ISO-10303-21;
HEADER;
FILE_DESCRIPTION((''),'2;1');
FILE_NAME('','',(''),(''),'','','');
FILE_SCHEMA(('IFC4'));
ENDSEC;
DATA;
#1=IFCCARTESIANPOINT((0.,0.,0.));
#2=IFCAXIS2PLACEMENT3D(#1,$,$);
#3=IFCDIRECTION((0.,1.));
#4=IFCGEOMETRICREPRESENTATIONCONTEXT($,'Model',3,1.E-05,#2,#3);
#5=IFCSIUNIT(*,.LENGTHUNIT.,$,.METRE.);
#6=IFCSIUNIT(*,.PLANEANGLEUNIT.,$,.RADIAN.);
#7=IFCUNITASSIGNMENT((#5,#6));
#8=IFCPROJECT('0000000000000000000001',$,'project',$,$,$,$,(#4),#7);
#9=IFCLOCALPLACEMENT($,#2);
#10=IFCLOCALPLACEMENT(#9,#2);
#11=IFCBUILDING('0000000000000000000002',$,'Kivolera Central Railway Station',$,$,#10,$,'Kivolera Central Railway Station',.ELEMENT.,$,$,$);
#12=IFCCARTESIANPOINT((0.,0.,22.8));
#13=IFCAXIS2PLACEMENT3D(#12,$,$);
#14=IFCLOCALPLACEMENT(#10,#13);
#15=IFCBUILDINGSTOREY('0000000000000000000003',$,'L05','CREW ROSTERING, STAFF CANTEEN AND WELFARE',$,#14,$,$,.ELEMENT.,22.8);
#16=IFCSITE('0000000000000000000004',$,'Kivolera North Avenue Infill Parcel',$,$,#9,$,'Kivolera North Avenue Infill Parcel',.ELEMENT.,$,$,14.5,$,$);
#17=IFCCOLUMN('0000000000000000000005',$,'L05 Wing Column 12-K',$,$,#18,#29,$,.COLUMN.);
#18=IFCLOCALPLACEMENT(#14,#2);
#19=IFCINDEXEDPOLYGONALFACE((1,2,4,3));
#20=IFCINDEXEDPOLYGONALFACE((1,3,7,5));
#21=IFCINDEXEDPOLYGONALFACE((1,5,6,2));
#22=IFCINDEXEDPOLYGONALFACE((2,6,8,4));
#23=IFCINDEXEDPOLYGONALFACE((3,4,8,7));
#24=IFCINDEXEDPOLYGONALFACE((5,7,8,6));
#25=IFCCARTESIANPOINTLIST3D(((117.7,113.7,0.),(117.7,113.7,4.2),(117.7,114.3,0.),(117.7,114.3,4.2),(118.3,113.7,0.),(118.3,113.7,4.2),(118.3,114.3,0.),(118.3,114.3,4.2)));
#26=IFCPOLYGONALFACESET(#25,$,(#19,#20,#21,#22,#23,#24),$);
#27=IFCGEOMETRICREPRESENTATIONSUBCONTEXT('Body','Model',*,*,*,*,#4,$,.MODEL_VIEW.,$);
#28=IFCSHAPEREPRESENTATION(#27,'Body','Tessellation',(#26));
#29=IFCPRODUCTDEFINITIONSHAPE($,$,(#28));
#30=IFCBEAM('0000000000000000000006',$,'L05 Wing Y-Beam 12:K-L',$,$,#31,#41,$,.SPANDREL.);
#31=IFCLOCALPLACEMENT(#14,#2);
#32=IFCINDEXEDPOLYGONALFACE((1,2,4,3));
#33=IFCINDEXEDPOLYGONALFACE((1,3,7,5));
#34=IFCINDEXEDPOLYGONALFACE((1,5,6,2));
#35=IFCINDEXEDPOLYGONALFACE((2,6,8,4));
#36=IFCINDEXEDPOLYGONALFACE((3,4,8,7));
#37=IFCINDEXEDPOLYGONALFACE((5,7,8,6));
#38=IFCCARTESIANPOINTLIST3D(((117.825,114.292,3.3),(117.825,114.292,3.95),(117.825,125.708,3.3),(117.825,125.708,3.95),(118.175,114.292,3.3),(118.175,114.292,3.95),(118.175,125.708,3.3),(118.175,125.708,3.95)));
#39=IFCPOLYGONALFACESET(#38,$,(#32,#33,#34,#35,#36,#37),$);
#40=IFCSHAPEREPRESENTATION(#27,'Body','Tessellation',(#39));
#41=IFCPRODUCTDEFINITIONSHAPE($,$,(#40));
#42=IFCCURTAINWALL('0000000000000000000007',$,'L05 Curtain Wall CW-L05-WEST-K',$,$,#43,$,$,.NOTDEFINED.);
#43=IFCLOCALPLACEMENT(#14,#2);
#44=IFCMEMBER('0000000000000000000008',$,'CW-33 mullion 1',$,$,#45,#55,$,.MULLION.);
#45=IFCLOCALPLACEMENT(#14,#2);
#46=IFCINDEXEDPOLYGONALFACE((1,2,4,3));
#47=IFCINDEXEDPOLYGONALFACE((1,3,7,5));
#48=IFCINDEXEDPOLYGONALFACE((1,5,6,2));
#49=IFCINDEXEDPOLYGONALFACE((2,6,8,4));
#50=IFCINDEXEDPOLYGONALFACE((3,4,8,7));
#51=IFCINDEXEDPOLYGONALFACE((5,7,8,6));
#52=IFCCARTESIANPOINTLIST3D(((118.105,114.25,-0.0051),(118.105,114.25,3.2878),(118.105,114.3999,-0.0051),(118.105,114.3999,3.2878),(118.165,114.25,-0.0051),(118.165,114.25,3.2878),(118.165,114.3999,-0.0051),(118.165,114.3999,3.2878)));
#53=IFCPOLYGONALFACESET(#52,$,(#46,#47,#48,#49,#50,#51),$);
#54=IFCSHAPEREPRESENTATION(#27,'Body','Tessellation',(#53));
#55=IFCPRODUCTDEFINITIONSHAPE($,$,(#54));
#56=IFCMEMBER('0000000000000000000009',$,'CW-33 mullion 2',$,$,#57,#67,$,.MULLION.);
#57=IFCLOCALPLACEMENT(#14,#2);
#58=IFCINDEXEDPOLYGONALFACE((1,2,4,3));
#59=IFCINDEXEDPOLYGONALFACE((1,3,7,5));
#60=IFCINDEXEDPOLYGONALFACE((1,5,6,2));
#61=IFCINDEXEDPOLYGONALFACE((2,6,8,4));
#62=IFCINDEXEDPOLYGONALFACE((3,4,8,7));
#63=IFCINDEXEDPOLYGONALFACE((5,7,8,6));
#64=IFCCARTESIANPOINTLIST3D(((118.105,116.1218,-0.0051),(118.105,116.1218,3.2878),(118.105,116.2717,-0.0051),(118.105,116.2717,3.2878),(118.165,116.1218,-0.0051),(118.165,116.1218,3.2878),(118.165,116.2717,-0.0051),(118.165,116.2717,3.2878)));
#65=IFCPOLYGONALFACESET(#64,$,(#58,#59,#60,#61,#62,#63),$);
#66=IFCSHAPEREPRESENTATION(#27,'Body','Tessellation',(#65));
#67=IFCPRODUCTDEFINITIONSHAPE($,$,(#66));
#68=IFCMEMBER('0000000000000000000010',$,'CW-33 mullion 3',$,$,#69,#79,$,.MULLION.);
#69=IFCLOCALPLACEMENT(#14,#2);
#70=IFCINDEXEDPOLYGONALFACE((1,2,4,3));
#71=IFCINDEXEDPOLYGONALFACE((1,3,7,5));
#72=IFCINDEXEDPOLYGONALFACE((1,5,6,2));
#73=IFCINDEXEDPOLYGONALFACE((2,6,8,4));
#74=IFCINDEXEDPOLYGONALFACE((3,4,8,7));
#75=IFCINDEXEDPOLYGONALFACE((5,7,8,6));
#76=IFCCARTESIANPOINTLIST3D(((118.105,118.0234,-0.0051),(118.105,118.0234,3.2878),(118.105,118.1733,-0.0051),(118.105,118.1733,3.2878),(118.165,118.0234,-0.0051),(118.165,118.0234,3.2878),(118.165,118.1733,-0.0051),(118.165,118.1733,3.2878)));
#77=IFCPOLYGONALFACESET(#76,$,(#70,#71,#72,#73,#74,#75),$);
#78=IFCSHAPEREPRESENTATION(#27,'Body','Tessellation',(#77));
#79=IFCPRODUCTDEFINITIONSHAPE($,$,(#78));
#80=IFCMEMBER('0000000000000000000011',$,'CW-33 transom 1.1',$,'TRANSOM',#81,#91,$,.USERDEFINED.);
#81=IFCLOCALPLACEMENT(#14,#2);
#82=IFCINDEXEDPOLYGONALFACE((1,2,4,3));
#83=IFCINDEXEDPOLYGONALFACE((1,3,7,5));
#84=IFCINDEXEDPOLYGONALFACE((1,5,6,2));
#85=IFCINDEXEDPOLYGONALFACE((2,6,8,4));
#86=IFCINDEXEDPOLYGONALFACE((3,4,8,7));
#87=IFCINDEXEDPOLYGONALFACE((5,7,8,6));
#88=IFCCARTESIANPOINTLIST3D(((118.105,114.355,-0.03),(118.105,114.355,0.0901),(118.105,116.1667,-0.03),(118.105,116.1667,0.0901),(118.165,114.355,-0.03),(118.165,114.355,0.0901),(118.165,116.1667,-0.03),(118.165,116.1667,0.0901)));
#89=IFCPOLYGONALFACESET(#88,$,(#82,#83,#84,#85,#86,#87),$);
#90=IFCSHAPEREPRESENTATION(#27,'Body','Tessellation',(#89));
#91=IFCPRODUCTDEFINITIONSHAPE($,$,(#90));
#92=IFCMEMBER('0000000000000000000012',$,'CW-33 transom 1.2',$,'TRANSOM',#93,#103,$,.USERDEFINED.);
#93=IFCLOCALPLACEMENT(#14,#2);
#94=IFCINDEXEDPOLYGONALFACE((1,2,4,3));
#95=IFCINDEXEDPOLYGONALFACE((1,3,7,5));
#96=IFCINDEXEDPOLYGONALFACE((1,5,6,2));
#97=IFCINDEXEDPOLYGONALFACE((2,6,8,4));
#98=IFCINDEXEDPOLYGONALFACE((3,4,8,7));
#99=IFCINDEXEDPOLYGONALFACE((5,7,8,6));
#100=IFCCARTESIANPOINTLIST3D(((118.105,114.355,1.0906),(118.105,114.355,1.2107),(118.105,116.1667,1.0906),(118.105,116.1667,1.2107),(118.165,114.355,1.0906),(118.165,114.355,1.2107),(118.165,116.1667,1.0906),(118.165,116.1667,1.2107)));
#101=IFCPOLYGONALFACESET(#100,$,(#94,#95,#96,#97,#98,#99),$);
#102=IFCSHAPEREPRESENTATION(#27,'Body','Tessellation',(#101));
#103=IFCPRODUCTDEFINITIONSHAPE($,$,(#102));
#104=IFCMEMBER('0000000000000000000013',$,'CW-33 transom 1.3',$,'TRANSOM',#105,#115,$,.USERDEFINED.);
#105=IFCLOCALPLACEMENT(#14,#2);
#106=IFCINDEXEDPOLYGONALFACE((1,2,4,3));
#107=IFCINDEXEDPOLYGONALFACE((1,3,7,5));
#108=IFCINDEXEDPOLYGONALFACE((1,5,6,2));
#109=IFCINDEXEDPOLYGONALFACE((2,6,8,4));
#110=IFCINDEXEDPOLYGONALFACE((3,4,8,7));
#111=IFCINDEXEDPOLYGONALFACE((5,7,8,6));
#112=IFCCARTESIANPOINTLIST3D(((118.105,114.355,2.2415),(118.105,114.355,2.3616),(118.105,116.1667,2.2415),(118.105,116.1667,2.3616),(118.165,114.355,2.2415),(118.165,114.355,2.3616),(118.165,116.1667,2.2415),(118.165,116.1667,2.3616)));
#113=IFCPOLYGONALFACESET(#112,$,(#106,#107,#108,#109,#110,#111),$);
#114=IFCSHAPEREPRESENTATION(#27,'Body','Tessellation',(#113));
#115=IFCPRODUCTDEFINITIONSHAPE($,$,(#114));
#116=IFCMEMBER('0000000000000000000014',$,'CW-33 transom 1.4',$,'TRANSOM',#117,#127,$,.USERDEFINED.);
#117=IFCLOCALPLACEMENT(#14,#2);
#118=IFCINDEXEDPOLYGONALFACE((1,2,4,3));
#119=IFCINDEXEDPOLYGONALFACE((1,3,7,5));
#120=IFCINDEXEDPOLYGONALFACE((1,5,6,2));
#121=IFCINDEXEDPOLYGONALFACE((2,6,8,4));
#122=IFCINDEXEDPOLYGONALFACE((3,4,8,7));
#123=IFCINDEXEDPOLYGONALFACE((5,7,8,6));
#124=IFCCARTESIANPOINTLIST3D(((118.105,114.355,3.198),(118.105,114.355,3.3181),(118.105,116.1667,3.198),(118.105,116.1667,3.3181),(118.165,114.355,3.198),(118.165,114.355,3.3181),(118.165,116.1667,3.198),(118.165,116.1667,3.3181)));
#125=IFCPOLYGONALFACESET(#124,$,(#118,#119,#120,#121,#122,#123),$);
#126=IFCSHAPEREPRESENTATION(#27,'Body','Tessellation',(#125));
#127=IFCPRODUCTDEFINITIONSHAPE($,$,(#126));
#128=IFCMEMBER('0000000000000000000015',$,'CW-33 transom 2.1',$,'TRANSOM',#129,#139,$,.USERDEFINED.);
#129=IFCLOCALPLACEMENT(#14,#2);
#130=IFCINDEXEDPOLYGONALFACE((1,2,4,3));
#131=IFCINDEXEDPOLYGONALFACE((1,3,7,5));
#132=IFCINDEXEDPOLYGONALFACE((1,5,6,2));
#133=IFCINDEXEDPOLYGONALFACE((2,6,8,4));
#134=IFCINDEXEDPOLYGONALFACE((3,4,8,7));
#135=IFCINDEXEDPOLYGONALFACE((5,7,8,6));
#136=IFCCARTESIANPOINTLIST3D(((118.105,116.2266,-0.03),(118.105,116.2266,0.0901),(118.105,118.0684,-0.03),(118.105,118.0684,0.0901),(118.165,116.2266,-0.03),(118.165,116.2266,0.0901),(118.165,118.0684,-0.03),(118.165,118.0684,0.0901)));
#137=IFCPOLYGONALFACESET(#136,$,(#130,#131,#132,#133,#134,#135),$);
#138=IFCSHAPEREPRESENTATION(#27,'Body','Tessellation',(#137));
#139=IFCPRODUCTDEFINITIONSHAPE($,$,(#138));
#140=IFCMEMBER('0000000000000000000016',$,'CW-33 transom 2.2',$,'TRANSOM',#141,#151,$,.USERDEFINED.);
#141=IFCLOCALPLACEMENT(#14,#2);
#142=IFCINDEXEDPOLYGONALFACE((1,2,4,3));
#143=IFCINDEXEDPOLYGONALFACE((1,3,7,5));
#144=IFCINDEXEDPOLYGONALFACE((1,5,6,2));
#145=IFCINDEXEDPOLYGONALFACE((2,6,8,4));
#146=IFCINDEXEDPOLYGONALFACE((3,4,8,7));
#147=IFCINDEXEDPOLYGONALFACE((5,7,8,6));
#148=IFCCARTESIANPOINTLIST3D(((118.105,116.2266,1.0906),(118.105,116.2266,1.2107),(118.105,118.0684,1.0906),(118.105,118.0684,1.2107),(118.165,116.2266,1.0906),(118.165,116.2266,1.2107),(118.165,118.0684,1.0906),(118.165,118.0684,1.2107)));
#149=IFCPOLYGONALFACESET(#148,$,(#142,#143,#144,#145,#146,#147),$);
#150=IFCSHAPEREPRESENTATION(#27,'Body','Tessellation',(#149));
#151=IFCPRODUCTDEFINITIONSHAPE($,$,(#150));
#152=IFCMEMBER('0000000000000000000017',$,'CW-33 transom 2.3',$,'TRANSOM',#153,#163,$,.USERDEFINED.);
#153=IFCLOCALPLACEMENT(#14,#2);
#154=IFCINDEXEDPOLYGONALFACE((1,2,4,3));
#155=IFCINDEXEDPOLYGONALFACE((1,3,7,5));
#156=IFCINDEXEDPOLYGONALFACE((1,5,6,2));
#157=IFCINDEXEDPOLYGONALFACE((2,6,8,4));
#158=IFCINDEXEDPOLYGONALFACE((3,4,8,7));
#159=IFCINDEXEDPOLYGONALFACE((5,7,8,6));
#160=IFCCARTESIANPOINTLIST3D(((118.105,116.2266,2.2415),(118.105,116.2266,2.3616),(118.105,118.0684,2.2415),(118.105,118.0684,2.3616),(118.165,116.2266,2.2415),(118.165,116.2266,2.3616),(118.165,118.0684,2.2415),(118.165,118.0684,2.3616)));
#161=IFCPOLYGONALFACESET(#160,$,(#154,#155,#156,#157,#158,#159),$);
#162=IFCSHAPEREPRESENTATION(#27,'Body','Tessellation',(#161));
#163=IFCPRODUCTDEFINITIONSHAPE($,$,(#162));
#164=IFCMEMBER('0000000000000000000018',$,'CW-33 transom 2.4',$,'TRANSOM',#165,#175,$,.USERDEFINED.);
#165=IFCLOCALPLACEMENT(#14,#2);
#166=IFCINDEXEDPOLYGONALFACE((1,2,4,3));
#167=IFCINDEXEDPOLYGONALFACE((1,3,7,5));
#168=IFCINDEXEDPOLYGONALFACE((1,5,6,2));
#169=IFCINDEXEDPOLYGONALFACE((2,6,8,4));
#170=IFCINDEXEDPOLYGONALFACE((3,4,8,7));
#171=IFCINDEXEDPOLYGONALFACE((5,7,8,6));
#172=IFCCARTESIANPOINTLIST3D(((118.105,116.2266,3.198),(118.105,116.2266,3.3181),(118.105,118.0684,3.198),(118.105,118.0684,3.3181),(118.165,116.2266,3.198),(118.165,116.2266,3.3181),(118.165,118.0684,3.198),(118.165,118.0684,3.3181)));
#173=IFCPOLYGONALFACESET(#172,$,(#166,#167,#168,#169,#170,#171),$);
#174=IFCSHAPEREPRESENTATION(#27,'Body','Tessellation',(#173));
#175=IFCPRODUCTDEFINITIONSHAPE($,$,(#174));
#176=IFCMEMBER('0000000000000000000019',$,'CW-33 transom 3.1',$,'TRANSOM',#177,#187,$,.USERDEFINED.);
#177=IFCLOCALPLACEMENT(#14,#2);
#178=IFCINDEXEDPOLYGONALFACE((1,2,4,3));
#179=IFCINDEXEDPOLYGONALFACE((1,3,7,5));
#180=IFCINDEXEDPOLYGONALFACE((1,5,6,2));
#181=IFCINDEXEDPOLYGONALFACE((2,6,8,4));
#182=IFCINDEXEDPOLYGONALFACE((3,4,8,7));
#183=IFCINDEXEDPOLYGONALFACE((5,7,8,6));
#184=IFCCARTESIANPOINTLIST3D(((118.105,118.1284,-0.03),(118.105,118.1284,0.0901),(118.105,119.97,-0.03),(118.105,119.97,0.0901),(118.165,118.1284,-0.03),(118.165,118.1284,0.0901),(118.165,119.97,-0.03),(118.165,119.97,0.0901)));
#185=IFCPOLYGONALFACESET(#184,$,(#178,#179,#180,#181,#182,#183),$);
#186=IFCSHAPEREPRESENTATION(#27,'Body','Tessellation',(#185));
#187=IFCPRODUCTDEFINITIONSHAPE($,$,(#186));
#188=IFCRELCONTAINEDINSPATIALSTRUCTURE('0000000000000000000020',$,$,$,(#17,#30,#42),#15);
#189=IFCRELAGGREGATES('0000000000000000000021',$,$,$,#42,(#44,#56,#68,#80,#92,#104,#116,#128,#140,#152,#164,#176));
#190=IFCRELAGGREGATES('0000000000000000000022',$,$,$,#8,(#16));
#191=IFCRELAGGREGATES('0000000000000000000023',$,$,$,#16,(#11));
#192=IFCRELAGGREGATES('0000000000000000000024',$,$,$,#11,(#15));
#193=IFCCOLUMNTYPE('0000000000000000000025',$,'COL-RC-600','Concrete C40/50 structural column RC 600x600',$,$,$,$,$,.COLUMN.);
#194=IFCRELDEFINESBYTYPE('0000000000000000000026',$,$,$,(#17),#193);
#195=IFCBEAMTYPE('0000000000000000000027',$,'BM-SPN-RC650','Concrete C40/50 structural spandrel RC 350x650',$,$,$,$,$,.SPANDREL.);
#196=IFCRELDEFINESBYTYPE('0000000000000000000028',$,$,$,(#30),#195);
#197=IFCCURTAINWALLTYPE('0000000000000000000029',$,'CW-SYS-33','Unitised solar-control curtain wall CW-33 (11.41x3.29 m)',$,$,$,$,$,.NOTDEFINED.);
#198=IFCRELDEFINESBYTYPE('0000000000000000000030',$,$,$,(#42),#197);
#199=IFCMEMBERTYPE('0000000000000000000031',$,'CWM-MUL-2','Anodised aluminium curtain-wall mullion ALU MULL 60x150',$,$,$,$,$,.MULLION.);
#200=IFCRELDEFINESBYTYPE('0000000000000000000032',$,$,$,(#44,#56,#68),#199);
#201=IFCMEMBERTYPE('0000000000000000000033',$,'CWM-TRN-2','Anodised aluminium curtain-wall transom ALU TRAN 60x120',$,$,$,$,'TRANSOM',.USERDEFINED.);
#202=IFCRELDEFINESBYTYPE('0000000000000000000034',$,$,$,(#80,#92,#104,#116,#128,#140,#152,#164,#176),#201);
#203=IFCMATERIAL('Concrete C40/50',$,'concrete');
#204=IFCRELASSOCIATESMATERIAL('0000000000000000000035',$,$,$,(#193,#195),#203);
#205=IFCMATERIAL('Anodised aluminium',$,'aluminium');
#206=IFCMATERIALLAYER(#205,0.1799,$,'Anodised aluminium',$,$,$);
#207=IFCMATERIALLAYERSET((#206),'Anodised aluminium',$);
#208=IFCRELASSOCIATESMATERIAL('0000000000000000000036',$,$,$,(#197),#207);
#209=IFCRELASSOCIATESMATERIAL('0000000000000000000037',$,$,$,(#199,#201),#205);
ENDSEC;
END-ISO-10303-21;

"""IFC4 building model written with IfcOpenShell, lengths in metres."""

from ifc_helpers import new_model, si_unit, direction, frame, origin, origin_2d, place, context, subcontext, project, spatial, rectangle, extrude, material, layer, layer_set, material_profile, profile_set, type_object, element, aggregate, save


model = new_model("IFC4")

# Units and contexts
model_context = context("Model", 3, precision=1e-05, world=origin(), true_north=direction((0.0, 1.0)))
body_context = subcontext(model_context, "Body", "Model", "MODEL_VIEW")
ifc_project = project(units=[si_unit("LENGTHUNIT", "METRE"), si_unit("PLANEANGLEUNIT", "RADIAN")], contexts=[model_context])

# Site, building, storey
site_placement = place(None, origin())
site = spatial("IfcSite", under=ifc_project, at=site_placement, Name="Kivolera North Avenue Infill Parcel", LongName="Kivolera North Avenue Infill Parcel", CompositionType="ELEMENT", RefElevation=14.5)
building_placement = place(site_placement, origin())
building = spatial("IfcBuilding", under=site, at=building_placement, Name="Kivolera Central Railway Station", LongName="Kivolera Central Railway Station", CompositionType="ELEMENT")
storey_placement = place(building_placement, frame((0.0, 0.0, 22.8)))
storey = spatial("IfcBuildingStorey", under=building, at=storey_placement, Name="L05", Description="CREW ROSTERING, STAFF CANTEEN AND WELFARE", CompositionType="ELEMENT", Elevation=22.8)

# Column
ifc_material_1 = material(Name="Concrete C40/50", Category="concrete")
ifc_material_profile_1 = material_profile(ifc_material_1, rectangle(XDim=0.6001, YDim=0.6001, at=origin_2d()), Name="RC 600x600")
ifc_profile_set_1 = profile_set([ifc_material_profile_1], Name="Concrete C40/50")
column_type = type_object("IfcColumnType", Name="COL-RC-600", Description="Concrete C40/50 structural column RC 600x600", PredefinedType="COLUMN", material=ifc_profile_set_1)
column_placement = place(storey_placement, frame((118.0, 114.0, 0.0), z_axis=(0.0, 0.0, 1.0), x_axis=(1.0, 0.0, 0.0)))
element("IfcColumn", 1, at=column_placement, inside=storey, type_object=column_type, Name="L05 Wing Column 12-K", PredefinedType="COLUMN", context=body_context, shape_type="SweptSolid", body=[
    extrude(rectangle(XDim=0.6001, YDim=0.6001, at=origin_2d()), origin(), (0.0, 0.0, 1.0), 4.2),
])

# Beam
ifc_material_profile_2 = material_profile(ifc_material_1, rectangle(XDim=0.3501, YDim=0.6499, at=origin_2d()), Name="RC 350x650")
ifc_profile_set_2 = profile_set([ifc_material_profile_2], Name="Concrete C40/50")
beam_type = type_object("IfcBeamType", Name="BM-SPN-RC650", Description="Concrete C40/50 structural spandrel RC 350x650", PredefinedType="SPANDREL", material=ifc_profile_set_2)
beam_placement = place(storey_placement, frame((118.0, 114.292, 3.625), z_axis=(0.0, 1.0, 0.0), x_axis=(-1.0, 0.0, 0.0)))
element("IfcBeam", 2, at=beam_placement, inside=storey, type_object=beam_type, Name="L05 Wing Y-Beam 12:K-L", PredefinedType="SPANDREL", context=body_context, shape_type="SweptSolid", body=[
    extrude(rectangle(XDim=0.3501, YDim=0.6499, at=origin_2d()), origin(), (0.0, 0.0, 1.0), 11.416),
])

# Curtain wall, members
ifc_material_2 = material(Name="Anodised aluminium", Category="aluminium")
ifc_layer_1 = layer(ifc_material_2, 0.1799, Name="Anodised aluminium")
ifc_layer_set_1 = layer_set([ifc_layer_1], Name="Anodised aluminium")
curtain_wall_type = type_object("IfcCurtainWallType", Name="CW-SYS-33", Description="Unitised solar-control curtain wall CW-33 (11.41x3.29 m)", PredefinedType="NOTDEFINED", material=ifc_layer_set_1)
curtain_wall_placement = place(storey_placement, origin())
curtain_wall = element("IfcCurtainWall", 3, at=curtain_wall_placement, inside=storey, type_object=curtain_wall_type, Name="L05 Curtain Wall CW-L05-WEST-K", PredefinedType="NOTDEFINED")
ifc_material_profile_3 = material_profile(ifc_material_2, rectangle(XDim=0.0601, YDim=0.1499, at=origin_2d()), Name="ALU MULL 60x150")
ifc_profile_set_3 = profile_set([ifc_material_profile_3], Name="Anodised aluminium")
member_type_1 = type_object("IfcMemberType", Name="CWM-MUL-2", Description="Anodised aluminium curtain-wall mullion ALU MULL 60x150", PredefinedType="MULLION", material=ifc_profile_set_3)
member_1_placement = place(storey_placement, frame((118.135, 114.325, -0.0051), z_axis=(0.0, 0.0, 1.0), x_axis=(-1.0, 0.0, 0.0)))
member_1 = element("IfcMember", 4, at=member_1_placement, type_object=member_type_1, Name="CW-33 mullion 1", PredefinedType="MULLION", context=body_context, shape_type="SweptSolid", body=[
    extrude(rectangle(XDim=0.0601, YDim=0.1499, at=origin_2d()), origin(), (0.0, 0.0, 1.0), 3.293),
])
member_2_placement = place(storey_placement, frame((118.135, 116.1968, -0.0051), z_axis=(0.0, 0.0, 1.0), x_axis=(-1.0, 0.0, 0.0)))
member_2 = element("IfcMember", 5, at=member_2_placement, type_object=member_type_1, Name="CW-33 mullion 2", PredefinedType="MULLION", context=body_context, shape_type="SweptSolid", body=[
    extrude(rectangle(XDim=0.0601, YDim=0.1499, at=origin_2d()), origin(), (0.0, 0.0, 1.0), 3.293),
])
member_3_placement = place(storey_placement, frame((118.135, 118.0984, -0.0051), z_axis=(0.0, 0.0, 1.0), x_axis=(-1.0, 0.0, 0.0)))
member_3 = element("IfcMember", 6, at=member_3_placement, type_object=member_type_1, Name="CW-33 mullion 3", PredefinedType="MULLION", context=body_context, shape_type="SweptSolid", body=[
    extrude(rectangle(XDim=0.0601, YDim=0.1499, at=origin_2d()), origin(), (0.0, 0.0, 1.0), 3.293),
])
ifc_material_profile_4 = material_profile(ifc_material_2, rectangle(XDim=0.0601, YDim=0.1201, at=origin_2d()), Name="ALU TRAN 60x120")
ifc_profile_set_4 = profile_set([ifc_material_profile_4], Name="Anodised aluminium")
member_type_2 = type_object("IfcMemberType", Name="CWM-TRN-2", Description="Anodised aluminium curtain-wall transom ALU TRAN 60x120", ElementType="TRANSOM", PredefinedType="USERDEFINED", material=ifc_profile_set_4)
member_4_placement = place(storey_placement, frame((118.135, 114.355, 0.03), z_axis=(0.0, 1.0, 0.0), x_axis=(-1.0, 0.0, 0.0)))
member_4 = element("IfcMember", 7, at=member_4_placement, type_object=member_type_2, Name="CW-33 transom 1.1", ObjectType="TRANSOM", PredefinedType="USERDEFINED", context=body_context, shape_type="SweptSolid", body=[
    extrude(rectangle(XDim=0.0601, YDim=0.1201, at=origin_2d()), origin(), (0.0, 0.0, 1.0), 1.8118),
])
member_5_placement = place(storey_placement, frame((118.135, 114.355, 1.1506), z_axis=(0.0, 1.0, 0.0), x_axis=(-1.0, 0.0, 0.0)))
member_5 = element("IfcMember", 8, at=member_5_placement, type_object=member_type_2, Name="CW-33 transom 1.2", ObjectType="TRANSOM", PredefinedType="USERDEFINED", context=body_context, shape_type="SweptSolid", body=[
    extrude(rectangle(XDim=0.0601, YDim=0.1201, at=origin_2d()), origin(), (0.0, 0.0, 1.0), 1.8118),
])
member_6_placement = place(storey_placement, frame((118.135, 114.355, 2.3015), z_axis=(0.0, 1.0, 0.0), x_axis=(-1.0, 0.0, 0.0)))
member_6 = element("IfcMember", 9, at=member_6_placement, type_object=member_type_2, Name="CW-33 transom 1.3", ObjectType="TRANSOM", PredefinedType="USERDEFINED", context=body_context, shape_type="SweptSolid", body=[
    extrude(rectangle(XDim=0.0601, YDim=0.1201, at=origin_2d()), origin(), (0.0, 0.0, 1.0), 1.8118),
])
member_7_placement = place(storey_placement, frame((118.135, 114.355, 3.2581), z_axis=(0.0, 1.0, 0.0), x_axis=(-1.0, 0.0, 0.0)))
member_7 = element("IfcMember", 10, at=member_7_placement, type_object=member_type_2, Name="CW-33 transom 1.4", ObjectType="TRANSOM", PredefinedType="USERDEFINED", context=body_context, shape_type="SweptSolid", body=[
    extrude(rectangle(XDim=0.0601, YDim=0.1201, at=origin_2d()), origin(), (0.0, 0.0, 1.0), 1.8118),
])
member_8_placement = place(storey_placement, frame((118.135, 116.2266, 0.03), z_axis=(0.0, 1.0, 0.0), x_axis=(-1.0, 0.0, 0.0)))
member_8 = element("IfcMember", 11, at=member_8_placement, type_object=member_type_2, Name="CW-33 transom 2.1", ObjectType="TRANSOM", PredefinedType="USERDEFINED", context=body_context, shape_type="SweptSolid", body=[
    extrude(rectangle(XDim=0.0601, YDim=0.1201, at=origin_2d()), origin(), (0.0, 0.0, 1.0), 1.8418),
])
member_9_placement = place(storey_placement, frame((118.135, 116.2266, 1.1506), z_axis=(0.0, 1.0, 0.0), x_axis=(-1.0, 0.0, 0.0)))
member_9 = element("IfcMember", 12, at=member_9_placement, type_object=member_type_2, Name="CW-33 transom 2.2", ObjectType="TRANSOM", PredefinedType="USERDEFINED", context=body_context, shape_type="SweptSolid", body=[
    extrude(rectangle(XDim=0.0601, YDim=0.1201, at=origin_2d()), origin(), (0.0, 0.0, 1.0), 1.8418),
])
member_10_placement = place(storey_placement, frame((118.135, 116.2266, 2.3015), z_axis=(0.0, 1.0, 0.0), x_axis=(-1.0, 0.0, 0.0)))
member_10 = element("IfcMember", 13, at=member_10_placement, type_object=member_type_2, Name="CW-33 transom 2.3", ObjectType="TRANSOM", PredefinedType="USERDEFINED", context=body_context, shape_type="SweptSolid", body=[
    extrude(rectangle(XDim=0.0601, YDim=0.1201, at=origin_2d()), origin(), (0.0, 0.0, 1.0), 1.8418),
])
member_11_placement = place(storey_placement, frame((118.135, 116.2266, 3.2581), z_axis=(0.0, 1.0, 0.0), x_axis=(-1.0, 0.0, 0.0)))
member_11 = element("IfcMember", 14, at=member_11_placement, type_object=member_type_2, Name="CW-33 transom 2.4", ObjectType="TRANSOM", PredefinedType="USERDEFINED", context=body_context, shape_type="SweptSolid", body=[
    extrude(rectangle(XDim=0.0601, YDim=0.1201, at=origin_2d()), origin(), (0.0, 0.0, 1.0), 1.8418),
])
member_12_placement = place(storey_placement, frame((118.135, 118.1284, 0.03), z_axis=(0.0, 1.0, 0.0), x_axis=(-1.0, 0.0, 0.0)))
member_12 = element("IfcMember", 15, at=member_12_placement, type_object=member_type_2, Name="CW-33 transom 3.1", ObjectType="TRANSOM", PredefinedType="USERDEFINED", context=body_context, shape_type="SweptSolid", body=[
    extrude(rectangle(XDim=0.0601, YDim=0.1201, at=origin_2d()), origin(), (0.0, 0.0, 1.0), 1.8416),
])
aggregate(curtain_wall, [member_1, member_2, member_3, member_4, member_5, member_6, member_7, member_8, member_9, member_10, member_11, member_12])

save(model, "model.ifc")
